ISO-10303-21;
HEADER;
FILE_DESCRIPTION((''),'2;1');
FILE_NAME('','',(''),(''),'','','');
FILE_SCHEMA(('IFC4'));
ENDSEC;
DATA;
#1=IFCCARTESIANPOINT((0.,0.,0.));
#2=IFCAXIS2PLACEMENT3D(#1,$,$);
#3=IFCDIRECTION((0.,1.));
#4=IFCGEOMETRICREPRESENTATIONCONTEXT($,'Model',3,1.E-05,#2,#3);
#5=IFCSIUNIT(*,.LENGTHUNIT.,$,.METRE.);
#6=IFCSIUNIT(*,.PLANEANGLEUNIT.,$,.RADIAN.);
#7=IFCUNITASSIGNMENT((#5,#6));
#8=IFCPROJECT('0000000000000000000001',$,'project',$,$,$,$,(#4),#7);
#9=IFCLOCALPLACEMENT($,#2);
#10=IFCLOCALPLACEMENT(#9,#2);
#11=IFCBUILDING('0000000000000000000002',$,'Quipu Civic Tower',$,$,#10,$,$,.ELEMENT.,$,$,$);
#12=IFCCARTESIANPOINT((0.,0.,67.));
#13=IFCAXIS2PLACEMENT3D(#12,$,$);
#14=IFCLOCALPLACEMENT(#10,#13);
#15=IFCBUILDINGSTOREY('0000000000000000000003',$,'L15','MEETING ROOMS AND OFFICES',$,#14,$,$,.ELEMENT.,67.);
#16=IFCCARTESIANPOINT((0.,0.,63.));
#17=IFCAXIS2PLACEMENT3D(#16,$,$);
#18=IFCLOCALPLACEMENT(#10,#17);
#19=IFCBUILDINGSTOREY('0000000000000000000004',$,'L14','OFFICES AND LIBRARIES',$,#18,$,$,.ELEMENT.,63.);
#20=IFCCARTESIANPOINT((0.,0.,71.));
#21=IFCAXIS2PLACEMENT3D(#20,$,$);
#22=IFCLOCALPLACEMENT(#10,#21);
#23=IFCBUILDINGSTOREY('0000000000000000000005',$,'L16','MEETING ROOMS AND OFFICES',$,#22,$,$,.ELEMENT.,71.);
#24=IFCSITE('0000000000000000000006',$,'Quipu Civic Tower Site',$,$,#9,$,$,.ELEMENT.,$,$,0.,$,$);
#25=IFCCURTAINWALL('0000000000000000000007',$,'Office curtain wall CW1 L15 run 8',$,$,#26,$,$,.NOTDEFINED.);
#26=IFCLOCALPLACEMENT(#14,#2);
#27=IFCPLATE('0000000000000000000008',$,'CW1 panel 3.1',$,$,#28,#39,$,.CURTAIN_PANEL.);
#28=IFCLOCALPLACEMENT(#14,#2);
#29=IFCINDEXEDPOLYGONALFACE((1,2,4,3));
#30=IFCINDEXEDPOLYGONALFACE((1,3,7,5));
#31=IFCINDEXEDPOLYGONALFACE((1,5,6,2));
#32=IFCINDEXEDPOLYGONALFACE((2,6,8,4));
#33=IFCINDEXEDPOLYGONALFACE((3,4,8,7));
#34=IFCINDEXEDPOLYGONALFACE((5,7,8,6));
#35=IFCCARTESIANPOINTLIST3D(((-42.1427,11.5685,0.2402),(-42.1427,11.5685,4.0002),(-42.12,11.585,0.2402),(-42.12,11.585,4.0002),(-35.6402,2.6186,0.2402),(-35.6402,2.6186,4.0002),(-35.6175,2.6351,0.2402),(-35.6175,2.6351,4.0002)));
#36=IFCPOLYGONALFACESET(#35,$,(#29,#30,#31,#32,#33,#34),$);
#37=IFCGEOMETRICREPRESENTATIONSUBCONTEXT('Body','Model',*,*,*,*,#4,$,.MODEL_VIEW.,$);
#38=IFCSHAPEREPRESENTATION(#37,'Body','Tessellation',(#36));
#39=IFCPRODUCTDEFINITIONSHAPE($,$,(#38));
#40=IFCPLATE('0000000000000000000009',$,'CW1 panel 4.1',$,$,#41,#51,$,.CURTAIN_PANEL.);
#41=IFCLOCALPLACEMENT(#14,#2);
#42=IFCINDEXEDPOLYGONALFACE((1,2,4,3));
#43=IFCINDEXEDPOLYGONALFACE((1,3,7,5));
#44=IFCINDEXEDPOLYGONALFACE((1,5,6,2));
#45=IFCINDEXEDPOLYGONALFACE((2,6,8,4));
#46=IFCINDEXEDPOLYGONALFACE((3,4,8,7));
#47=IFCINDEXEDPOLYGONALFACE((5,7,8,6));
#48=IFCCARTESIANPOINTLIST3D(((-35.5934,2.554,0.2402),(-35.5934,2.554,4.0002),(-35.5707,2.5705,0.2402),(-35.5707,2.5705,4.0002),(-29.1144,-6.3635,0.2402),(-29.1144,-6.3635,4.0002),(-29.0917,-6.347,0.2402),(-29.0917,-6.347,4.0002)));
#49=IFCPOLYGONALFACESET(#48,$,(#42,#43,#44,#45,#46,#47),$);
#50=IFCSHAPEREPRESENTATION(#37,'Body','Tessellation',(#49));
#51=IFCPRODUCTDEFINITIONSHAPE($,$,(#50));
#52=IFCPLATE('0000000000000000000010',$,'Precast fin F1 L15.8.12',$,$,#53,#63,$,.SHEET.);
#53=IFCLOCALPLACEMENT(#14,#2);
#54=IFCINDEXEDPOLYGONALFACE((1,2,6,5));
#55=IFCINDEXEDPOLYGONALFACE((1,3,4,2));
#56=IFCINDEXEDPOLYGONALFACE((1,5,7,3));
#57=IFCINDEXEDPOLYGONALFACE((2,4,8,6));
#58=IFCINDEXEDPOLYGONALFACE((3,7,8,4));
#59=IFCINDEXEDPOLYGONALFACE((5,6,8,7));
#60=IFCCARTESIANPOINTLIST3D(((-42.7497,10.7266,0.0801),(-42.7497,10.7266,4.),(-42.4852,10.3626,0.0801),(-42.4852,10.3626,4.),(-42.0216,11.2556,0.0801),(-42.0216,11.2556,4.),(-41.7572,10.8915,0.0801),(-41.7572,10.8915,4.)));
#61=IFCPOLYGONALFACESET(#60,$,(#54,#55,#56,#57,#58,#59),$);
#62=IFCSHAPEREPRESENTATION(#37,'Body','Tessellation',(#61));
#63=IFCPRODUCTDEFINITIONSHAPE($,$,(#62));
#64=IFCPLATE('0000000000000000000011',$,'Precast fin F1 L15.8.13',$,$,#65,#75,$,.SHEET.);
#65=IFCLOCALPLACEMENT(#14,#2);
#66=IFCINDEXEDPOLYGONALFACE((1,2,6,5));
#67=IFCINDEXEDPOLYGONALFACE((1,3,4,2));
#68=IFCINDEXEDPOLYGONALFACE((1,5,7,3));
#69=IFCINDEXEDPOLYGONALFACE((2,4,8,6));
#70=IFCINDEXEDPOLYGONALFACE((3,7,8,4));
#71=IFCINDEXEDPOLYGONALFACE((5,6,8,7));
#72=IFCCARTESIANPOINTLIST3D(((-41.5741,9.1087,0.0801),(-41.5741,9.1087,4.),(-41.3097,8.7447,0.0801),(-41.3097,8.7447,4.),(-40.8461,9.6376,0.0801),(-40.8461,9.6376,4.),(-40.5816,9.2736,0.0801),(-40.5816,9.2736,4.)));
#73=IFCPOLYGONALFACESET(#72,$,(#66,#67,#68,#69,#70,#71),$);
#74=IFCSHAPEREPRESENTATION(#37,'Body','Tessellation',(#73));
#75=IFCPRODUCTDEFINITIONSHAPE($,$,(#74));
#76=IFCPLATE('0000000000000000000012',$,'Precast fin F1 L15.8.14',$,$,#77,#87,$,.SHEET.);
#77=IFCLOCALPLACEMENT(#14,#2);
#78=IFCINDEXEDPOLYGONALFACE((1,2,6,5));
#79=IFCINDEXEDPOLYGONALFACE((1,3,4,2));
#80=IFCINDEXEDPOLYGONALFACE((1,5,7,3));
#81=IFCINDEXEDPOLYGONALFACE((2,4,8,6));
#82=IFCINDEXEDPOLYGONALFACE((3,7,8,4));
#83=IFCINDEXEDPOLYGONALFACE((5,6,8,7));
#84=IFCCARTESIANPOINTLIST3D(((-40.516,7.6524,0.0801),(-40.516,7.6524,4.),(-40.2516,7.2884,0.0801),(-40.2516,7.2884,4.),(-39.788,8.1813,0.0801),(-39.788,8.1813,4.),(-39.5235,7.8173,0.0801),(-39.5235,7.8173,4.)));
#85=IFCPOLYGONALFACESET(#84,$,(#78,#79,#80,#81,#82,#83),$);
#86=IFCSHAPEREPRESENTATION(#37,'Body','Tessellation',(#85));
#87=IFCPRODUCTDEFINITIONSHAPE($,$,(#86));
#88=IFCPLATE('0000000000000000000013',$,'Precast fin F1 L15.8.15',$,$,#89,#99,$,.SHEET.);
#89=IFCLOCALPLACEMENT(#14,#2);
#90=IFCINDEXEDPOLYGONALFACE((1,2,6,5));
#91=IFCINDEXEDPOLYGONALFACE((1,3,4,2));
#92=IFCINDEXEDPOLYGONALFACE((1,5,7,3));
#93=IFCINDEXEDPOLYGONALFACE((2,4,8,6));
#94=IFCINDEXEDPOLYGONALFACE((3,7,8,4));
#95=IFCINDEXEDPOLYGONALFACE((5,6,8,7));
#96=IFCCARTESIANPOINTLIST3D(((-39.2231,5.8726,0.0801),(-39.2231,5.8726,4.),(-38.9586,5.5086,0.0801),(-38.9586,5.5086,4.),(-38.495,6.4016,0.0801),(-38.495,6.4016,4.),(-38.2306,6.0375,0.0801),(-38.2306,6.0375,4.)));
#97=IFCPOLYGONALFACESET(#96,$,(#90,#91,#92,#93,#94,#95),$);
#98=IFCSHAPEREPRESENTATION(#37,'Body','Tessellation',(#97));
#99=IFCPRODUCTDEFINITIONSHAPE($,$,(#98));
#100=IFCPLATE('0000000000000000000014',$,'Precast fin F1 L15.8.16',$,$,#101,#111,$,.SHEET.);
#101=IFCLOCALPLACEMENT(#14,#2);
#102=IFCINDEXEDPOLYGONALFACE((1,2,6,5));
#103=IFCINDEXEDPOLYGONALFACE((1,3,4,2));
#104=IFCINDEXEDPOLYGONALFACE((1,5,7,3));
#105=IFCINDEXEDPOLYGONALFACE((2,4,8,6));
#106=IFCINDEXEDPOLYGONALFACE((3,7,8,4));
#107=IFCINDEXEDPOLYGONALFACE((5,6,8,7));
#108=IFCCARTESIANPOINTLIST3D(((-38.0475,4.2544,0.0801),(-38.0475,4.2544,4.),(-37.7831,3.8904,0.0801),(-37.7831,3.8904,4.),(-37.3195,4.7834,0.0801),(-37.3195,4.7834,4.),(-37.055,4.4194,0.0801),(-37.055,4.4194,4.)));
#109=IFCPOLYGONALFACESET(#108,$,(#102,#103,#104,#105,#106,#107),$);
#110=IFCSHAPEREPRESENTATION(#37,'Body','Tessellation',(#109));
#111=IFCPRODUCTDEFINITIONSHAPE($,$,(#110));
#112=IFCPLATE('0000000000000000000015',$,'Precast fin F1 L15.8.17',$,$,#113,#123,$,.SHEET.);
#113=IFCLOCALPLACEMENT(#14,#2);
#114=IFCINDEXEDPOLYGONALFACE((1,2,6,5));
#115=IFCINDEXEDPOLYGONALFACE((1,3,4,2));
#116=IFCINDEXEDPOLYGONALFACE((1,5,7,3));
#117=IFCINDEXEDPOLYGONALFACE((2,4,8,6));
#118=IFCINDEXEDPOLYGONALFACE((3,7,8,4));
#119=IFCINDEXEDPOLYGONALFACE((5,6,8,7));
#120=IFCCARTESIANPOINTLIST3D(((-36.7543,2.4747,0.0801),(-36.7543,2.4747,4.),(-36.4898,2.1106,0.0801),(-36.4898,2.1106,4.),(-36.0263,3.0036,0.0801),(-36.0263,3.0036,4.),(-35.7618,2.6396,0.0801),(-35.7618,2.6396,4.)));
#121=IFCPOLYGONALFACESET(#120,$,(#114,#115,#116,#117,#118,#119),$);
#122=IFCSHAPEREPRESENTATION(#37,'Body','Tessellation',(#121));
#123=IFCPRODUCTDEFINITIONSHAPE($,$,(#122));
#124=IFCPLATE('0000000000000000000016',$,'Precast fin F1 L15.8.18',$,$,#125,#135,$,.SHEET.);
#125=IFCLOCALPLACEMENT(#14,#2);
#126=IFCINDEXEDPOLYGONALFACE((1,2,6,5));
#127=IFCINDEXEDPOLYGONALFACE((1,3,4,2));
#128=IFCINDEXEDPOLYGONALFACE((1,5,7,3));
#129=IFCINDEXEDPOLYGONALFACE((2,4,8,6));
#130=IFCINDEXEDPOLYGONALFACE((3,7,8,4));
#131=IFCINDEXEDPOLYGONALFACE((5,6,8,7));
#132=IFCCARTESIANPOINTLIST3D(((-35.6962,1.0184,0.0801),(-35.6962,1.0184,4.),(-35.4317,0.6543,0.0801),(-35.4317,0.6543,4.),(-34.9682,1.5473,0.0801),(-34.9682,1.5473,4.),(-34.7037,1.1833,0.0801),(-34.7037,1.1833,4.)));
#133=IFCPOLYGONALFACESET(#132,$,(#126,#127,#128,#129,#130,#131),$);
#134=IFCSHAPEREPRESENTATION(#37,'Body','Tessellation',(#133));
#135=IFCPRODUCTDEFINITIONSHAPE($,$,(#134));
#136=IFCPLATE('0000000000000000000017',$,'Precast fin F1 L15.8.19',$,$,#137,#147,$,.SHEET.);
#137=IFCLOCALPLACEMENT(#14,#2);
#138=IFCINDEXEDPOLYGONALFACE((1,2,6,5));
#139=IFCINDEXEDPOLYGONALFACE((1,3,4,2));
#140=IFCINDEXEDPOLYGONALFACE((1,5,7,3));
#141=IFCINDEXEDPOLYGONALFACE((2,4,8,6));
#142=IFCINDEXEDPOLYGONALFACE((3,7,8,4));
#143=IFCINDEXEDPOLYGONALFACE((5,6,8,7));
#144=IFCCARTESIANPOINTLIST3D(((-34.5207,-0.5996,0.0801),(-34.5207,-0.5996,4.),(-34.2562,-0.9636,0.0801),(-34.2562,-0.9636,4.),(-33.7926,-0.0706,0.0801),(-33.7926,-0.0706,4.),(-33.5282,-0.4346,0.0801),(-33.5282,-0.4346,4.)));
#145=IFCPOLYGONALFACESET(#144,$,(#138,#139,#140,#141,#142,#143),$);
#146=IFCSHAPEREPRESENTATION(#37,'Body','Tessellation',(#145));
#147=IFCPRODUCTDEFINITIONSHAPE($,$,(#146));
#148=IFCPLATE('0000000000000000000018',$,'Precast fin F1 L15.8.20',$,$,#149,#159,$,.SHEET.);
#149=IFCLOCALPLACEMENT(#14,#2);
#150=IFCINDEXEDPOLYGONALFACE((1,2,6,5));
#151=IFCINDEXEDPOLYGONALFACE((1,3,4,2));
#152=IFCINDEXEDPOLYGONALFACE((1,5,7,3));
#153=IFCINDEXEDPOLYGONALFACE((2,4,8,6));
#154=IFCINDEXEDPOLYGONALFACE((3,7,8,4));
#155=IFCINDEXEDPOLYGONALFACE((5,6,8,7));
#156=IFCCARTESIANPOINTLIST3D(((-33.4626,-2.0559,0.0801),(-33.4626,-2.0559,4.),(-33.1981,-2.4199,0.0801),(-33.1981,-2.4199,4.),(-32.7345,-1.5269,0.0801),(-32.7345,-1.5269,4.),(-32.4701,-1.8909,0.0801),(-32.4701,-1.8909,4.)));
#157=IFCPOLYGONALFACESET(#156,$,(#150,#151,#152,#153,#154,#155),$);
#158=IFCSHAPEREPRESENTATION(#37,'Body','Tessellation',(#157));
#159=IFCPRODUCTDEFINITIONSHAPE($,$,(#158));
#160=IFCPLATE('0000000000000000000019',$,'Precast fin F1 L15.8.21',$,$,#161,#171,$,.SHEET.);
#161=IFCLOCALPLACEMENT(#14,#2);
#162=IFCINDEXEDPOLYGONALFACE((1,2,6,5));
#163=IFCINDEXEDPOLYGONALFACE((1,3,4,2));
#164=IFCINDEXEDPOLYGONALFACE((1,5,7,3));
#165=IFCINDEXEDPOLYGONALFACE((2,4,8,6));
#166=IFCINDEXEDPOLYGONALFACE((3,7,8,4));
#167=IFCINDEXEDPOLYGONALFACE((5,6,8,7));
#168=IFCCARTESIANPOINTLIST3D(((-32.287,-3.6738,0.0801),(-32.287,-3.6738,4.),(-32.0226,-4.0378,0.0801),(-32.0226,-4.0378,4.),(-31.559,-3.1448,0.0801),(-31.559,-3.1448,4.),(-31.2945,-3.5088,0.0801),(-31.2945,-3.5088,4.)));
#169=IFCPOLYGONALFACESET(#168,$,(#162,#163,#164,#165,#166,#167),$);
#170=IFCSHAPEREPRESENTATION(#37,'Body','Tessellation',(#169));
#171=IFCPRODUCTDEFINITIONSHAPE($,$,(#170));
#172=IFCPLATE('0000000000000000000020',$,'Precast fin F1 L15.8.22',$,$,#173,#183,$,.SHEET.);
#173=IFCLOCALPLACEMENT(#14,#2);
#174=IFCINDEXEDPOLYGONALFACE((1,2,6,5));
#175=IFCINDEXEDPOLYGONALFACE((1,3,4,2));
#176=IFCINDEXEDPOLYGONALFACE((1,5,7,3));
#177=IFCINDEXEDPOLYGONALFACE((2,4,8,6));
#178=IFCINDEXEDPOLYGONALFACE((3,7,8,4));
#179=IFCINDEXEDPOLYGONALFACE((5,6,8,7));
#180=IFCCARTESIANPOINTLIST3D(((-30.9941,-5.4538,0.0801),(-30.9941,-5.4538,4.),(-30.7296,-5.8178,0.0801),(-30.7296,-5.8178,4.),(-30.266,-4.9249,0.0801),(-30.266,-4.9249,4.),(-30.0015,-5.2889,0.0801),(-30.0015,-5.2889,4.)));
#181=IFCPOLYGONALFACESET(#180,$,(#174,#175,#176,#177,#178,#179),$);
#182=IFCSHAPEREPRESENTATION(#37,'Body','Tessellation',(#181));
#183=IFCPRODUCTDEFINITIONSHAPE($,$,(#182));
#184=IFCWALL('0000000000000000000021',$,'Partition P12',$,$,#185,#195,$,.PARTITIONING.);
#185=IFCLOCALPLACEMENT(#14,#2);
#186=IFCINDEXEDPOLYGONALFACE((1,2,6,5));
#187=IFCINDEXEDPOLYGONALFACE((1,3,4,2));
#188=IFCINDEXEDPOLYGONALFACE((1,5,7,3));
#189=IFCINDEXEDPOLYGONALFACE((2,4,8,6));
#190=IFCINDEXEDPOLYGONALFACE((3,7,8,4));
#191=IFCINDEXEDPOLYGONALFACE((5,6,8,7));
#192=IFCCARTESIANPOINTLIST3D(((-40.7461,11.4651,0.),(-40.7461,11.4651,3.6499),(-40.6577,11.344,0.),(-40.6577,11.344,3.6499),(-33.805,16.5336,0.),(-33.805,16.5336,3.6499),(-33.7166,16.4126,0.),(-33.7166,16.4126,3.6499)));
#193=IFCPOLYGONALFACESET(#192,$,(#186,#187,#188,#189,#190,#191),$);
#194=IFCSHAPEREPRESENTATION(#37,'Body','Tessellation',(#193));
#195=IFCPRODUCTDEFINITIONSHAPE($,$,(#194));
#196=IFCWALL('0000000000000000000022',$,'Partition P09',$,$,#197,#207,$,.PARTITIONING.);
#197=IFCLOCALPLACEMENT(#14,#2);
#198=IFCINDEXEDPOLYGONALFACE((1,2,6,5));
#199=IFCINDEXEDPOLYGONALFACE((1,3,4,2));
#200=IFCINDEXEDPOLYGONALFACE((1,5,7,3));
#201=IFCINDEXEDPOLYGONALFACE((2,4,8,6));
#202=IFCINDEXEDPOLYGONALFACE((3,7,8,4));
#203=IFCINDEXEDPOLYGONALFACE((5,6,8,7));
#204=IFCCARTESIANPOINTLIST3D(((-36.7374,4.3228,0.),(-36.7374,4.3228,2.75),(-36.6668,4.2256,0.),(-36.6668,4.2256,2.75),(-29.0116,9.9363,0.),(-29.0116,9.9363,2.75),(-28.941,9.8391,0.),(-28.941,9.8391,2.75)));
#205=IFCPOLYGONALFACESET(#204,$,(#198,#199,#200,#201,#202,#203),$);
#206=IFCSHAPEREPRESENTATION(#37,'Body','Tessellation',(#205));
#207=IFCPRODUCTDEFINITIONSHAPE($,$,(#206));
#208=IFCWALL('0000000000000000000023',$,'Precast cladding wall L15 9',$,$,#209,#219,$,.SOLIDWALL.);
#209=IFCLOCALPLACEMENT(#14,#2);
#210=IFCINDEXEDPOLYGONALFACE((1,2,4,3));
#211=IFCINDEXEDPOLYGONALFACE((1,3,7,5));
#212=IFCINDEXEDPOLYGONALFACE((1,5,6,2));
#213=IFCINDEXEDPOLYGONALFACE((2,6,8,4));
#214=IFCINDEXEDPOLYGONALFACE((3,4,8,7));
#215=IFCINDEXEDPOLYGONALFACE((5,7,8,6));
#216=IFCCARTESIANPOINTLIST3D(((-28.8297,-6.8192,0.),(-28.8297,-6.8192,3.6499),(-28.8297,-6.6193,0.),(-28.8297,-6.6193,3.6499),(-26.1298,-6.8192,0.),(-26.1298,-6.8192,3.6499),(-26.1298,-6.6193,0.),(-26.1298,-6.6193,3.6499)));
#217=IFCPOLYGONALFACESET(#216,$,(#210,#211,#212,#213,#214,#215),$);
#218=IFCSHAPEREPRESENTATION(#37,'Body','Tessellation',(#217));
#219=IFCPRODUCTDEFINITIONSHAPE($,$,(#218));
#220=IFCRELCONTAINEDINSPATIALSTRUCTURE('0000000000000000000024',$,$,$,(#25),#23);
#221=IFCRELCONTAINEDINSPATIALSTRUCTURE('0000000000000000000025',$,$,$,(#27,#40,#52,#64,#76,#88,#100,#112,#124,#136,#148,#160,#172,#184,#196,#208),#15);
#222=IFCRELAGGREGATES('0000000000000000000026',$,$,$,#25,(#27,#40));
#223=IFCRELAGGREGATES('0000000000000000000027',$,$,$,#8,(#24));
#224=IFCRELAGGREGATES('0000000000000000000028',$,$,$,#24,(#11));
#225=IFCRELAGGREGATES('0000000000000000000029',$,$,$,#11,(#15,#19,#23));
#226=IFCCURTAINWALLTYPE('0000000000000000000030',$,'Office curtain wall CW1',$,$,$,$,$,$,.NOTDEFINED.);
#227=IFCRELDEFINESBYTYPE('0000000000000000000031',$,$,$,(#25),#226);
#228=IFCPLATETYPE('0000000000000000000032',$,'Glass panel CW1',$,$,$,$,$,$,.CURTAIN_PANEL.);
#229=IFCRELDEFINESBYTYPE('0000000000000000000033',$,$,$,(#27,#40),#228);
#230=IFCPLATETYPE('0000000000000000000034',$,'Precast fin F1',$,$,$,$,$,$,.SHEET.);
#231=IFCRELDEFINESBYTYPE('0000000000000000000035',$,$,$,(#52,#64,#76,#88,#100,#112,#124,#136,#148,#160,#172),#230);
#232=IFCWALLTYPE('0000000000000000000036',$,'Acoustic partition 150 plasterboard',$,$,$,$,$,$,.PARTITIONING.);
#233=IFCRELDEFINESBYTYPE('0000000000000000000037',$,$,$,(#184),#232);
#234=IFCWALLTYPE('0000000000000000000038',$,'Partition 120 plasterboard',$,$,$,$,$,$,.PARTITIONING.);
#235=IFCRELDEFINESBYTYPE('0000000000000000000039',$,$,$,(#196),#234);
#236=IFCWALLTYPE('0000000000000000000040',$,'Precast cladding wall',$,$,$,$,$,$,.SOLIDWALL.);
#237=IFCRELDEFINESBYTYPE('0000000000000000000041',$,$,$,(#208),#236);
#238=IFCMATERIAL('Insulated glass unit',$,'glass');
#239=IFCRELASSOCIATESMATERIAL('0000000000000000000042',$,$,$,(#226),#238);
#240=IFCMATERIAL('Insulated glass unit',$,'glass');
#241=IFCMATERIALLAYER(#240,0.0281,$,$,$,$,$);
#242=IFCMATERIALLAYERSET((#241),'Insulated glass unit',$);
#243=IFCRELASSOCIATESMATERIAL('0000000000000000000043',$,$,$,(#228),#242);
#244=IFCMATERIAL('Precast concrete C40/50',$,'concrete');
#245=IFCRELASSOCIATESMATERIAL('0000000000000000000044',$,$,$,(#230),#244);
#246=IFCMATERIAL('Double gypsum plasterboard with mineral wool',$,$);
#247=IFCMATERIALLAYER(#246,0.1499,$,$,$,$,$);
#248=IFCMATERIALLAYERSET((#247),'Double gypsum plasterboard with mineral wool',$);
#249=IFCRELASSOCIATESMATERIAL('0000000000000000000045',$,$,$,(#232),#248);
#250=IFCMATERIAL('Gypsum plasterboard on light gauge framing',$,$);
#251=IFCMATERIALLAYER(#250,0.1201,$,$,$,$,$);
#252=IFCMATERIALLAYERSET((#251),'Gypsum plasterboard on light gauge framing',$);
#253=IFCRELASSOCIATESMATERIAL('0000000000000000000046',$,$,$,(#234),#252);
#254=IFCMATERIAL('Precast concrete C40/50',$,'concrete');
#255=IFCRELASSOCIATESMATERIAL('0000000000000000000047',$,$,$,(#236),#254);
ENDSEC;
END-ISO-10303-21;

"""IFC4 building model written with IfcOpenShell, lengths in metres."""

from ifc_helpers import new_model, si_unit, direction, frame, frame_2d, origin, origin_2d, place, context, subcontext, project, spatial, rectangle, extrude, material, layer, layer_set, type_object, element, aggregate, save


model = new_model("IFC4")

# Units and contexts
model_context = context("Model", 3, precision=1e-05, world=origin(), true_north=direction((0.0, 1.0)))
body_context = subcontext(model_context, "Body", "Model", "MODEL_VIEW")
ifc_project = project(units=[si_unit("LENGTHUNIT", "METRE"), si_unit("PLANEANGLEUNIT", "RADIAN")], contexts=[model_context])

# Site, building, storey
site_placement = place(None, origin())
site = spatial("IfcSite", under=ifc_project, at=site_placement, Name="Quipu Civic Tower Site", CompositionType="ELEMENT", RefElevation=0.0)
building_placement = place(site_placement, origin())
building = spatial("IfcBuilding", under=site, at=building_placement, Name="Quipu Civic Tower", CompositionType="ELEMENT")
storey_1_placement = place(building_placement, frame((0.0, 0.0, 67.0)))
storey_1 = spatial("IfcBuildingStorey", under=building, at=storey_1_placement, Name="L15", Description="MEETING ROOMS AND OFFICES", CompositionType="ELEMENT", Elevation=67.0)

# Shared definitions
storey_2_placement = place(building_placement, frame((0.0, 0.0, 63.0)))
storey_2 = spatial("IfcBuildingStorey", under=building, at=storey_2_placement, Name="L14", Description="OFFICES AND LIBRARIES", CompositionType="ELEMENT", Elevation=63.0)

# Shared definitions
ifc_material_1 = material(Name="Insulated glass unit", Category="glass")
curtain_wall_type = type_object("IfcCurtainWallType", Name="Office curtain wall CW1", PredefinedType="NOTDEFINED", material=ifc_material_1)

# Shared definitions
storey_3_placement = place(building_placement, frame((0.0, 0.0, 71.0)))
storey_3 = spatial("IfcBuildingStorey", under=building, at=storey_3_placement, Name="L16", Description="MEETING ROOMS AND OFFICES", CompositionType="ELEMENT", Elevation=71.0)

# Curtain wall, plates
curtain_wall_1_placement = place(storey_3_placement, origin())
curtain_wall_1 = element("IfcCurtainWall", 1, at=curtain_wall_1_placement, inside=storey_3, type_object=curtain_wall_type, Name="Office curtain wall CW1 L15 run 8", PredefinedType="NOTDEFINED")
ifc_material_2 = material(Name="Insulated glass unit", Category="glass")
ifc_layer_1 = layer(ifc_material_2, 0.0281)
ifc_layer_set_1 = layer_set([ifc_layer_1], Name="Insulated glass unit")
plate_type_1 = type_object("IfcPlateType", Name="Glass panel CW1", PredefinedType="CURTAIN_PANEL", material=ifc_layer_set_1)
plate_1_placement = place(storey_1_placement, frame((-38.8801, 7.1018, 0.2402), z_axis=(0.0, 0.0, 1.0), x_axis=(0.587786, -0.809017, 0.0)))
plate_1 = element("IfcPlate", 2, at=plate_1_placement, inside=storey_1, type_object=plate_type_1, Name="CW1 panel 3.1", PredefinedType="CURTAIN_PANEL", context=body_context, shape_type="SweptSolid", body=[
    extrude(rectangle(XDim=11.0627, YDim=0.0281, at=origin_2d()), origin(), (0.0, 0.0, 1.0), 3.76),
])
plate_2_placement = place(storey_1_placement, frame((-32.3425, -1.8965, 0.2402), z_axis=(0.0, 0.0, 1.0), x_axis=(0.587786, -0.809017, 0.0)))
plate_2 = element("IfcPlate", 3, at=plate_2_placement, inside=storey_1, type_object=plate_type_1, Name="CW1 panel 4.1", PredefinedType="CURTAIN_PANEL", context=body_context, shape_type="SweptSolid", body=[
    extrude(rectangle(XDim=11.0227, YDim=0.0281, at=origin_2d()), origin(), (0.0, 0.0, 1.0), 3.76),
])
aggregate(curtain_wall_1, [plate_1, plate_2])

# Plates
ifc_material_3 = material(Name="Precast concrete C40/50", Category="concrete")
plate_type_2 = type_object("IfcPlateType", Name="Precast fin F1", PredefinedType="SHEET", material=ifc_material_3)
for number, where, z_axis, x_axis, name in (
    (4, (-42.2534, 10.8091, 0.0801), (0.0, 0.0, 1.0), (0.587786, -0.809017, 0.0), "Precast fin F1 L15.8.12"),
    (5, (-41.0779, 9.1912, 0.0801), (0.0, 0.0, 1.0), (0.587786, -0.809017, 0.0), "Precast fin F1 L15.8.13"),
    (6, (-40.0198, 7.7349, 0.0801), (0.0, 0.0, 1.0), (0.587786, -0.809017, 0.0), "Precast fin F1 L15.8.14"),
    (7, (-38.7268, 5.9551, 0.0801), (0.0, 0.0, 1.0), (0.587786, -0.809017, 0.0), "Precast fin F1 L15.8.15"),
    (8, (-37.5513, 4.3369, 0.0801), (0.0, 0.0, 1.0), (0.587786, -0.809017, 0.0), "Precast fin F1 L15.8.16"),
    (9, (-36.2581, 2.5571, 0.0801), (0.0, 0.0, 1.0), (0.587786, -0.809017, 0.0), "Precast fin F1 L15.8.17"),
    (10, (-35.2, 1.1008, 0.0801), (0.0, 0.0, 1.0), (0.587786, -0.809017, 0.0), "Precast fin F1 L15.8.18"),
    (11, (-34.0244, -0.5171, 0.0801), (0.0, 0.0, 1.0), (0.587786, -0.809017, 0.0), "Precast fin F1 L15.8.19"),
    (12, (-32.9663, -1.9734, 0.0801), (0.0, 0.0, 1.0), (0.587786, -0.809017, 0.0), "Precast fin F1 L15.8.20"),
    (13, (-31.7908, -3.5913, 0.0801), (0.0, 0.0, 1.0), (0.587786, -0.809017, 0.0), "Precast fin F1 L15.8.21"),
    (14, (-30.4978, -5.3713, 0.0801), (0.0, 0.0, 1.0), (0.587786, -0.809017, 0.0), "Precast fin F1 L15.8.22"),
):
    element("IfcPlate", number, at=place(storey_1_placement, frame(where, z_axis=z_axis, x_axis=x_axis)), inside=storey_1, type_object=plate_type_2, Name=name, PredefinedType="SHEET", context=body_context, shape_type="SweptSolid", body=[
        extrude(rectangle(XDim=0.45, YDim=0.8999, at=origin_2d()), origin(), (0.0, 0.0, 1.0), 3.9199),
    ])

# Walls
ifc_material_4 = material(Name="Double gypsum plasterboard with mineral wool")
ifc_layer_2 = layer(ifc_material_4, 0.1499)
ifc_layer_set_2 = layer_set([ifc_layer_2], Name="Double gypsum plasterboard with mineral wool")
wall_type_1 = type_object("IfcWallType", Name="Acoustic partition 150 plasterboard", PredefinedType="PARTITIONING", material=ifc_layer_set_2)
wall_1_placement = place(storey_1_placement, frame((-40.7019, 11.4045, 0.0), z_axis=(0.0, 0.0, 1.0), x_axis=(0.807601, 0.58973, 0.0)))
element("IfcWall", 15, at=wall_1_placement, inside=storey_1, type_object=wall_type_1, Name="Partition P12", PredefinedType="PARTITIONING", context=body_context, shape_type="SweptSolid", body=[
    extrude(rectangle(XDim=8.5947, YDim=0.1499, at=frame_2d((4.2974, 0.0))), origin(), (0.0, 0.0, 1.0), 3.6499),
])
ifc_material_5 = material(Name="Gypsum plasterboard on light gauge framing")
ifc_layer_3 = layer(ifc_material_5, 0.1201)
ifc_layer_set_3 = layer_set([ifc_layer_3], Name="Gypsum plasterboard on light gauge framing")
wall_type_2 = type_object("IfcWallType", Name="Partition 120 plasterboard", PredefinedType="PARTITIONING", material=ifc_layer_set_3)
wall_2_placement = place(storey_1_placement, frame((-28.9763, 9.8877, 0.0), z_axis=(0.0, 0.0, 1.0), x_axis=(-0.808998, -0.587811, 0.0)))
element("IfcWall", 16, at=wall_2_placement, inside=storey_1, type_object=wall_type_2, Name="Partition P09", PredefinedType="PARTITIONING", context=body_context, shape_type="SweptSolid", body=[
    extrude(rectangle(XDim=9.5498, YDim=0.1201, at=frame_2d((4.7749, 0.0))), origin(), (0.0, 0.0, 1.0), 2.75),
])
ifc_material_6 = material(Name="Precast concrete C40/50", Category="concrete")
wall_type_3 = type_object("IfcWallType", Name="Precast cladding wall", PredefinedType="SOLIDWALL", material=ifc_material_6)
wall_3_placement = place(storey_1_placement, frame((-28.8298, -6.7192, 0.0), z_axis=(0.0, 0.0, 1.0), x_axis=(1.0, 0.0, 0.0)))
element("IfcWall", 17, at=wall_3_placement, inside=storey_1, type_object=wall_type_3, Name="Precast cladding wall L15 9", PredefinedType="SOLIDWALL", context=body_context, shape_type="SweptSolid", body=[
    extrude(rectangle(XDim=2.7, YDim=0.2, at=frame_2d((1.3501, 0.0))), origin(), (0.0, 0.0, 1.0), 3.6499),
])

save(model, "model.ifc")
